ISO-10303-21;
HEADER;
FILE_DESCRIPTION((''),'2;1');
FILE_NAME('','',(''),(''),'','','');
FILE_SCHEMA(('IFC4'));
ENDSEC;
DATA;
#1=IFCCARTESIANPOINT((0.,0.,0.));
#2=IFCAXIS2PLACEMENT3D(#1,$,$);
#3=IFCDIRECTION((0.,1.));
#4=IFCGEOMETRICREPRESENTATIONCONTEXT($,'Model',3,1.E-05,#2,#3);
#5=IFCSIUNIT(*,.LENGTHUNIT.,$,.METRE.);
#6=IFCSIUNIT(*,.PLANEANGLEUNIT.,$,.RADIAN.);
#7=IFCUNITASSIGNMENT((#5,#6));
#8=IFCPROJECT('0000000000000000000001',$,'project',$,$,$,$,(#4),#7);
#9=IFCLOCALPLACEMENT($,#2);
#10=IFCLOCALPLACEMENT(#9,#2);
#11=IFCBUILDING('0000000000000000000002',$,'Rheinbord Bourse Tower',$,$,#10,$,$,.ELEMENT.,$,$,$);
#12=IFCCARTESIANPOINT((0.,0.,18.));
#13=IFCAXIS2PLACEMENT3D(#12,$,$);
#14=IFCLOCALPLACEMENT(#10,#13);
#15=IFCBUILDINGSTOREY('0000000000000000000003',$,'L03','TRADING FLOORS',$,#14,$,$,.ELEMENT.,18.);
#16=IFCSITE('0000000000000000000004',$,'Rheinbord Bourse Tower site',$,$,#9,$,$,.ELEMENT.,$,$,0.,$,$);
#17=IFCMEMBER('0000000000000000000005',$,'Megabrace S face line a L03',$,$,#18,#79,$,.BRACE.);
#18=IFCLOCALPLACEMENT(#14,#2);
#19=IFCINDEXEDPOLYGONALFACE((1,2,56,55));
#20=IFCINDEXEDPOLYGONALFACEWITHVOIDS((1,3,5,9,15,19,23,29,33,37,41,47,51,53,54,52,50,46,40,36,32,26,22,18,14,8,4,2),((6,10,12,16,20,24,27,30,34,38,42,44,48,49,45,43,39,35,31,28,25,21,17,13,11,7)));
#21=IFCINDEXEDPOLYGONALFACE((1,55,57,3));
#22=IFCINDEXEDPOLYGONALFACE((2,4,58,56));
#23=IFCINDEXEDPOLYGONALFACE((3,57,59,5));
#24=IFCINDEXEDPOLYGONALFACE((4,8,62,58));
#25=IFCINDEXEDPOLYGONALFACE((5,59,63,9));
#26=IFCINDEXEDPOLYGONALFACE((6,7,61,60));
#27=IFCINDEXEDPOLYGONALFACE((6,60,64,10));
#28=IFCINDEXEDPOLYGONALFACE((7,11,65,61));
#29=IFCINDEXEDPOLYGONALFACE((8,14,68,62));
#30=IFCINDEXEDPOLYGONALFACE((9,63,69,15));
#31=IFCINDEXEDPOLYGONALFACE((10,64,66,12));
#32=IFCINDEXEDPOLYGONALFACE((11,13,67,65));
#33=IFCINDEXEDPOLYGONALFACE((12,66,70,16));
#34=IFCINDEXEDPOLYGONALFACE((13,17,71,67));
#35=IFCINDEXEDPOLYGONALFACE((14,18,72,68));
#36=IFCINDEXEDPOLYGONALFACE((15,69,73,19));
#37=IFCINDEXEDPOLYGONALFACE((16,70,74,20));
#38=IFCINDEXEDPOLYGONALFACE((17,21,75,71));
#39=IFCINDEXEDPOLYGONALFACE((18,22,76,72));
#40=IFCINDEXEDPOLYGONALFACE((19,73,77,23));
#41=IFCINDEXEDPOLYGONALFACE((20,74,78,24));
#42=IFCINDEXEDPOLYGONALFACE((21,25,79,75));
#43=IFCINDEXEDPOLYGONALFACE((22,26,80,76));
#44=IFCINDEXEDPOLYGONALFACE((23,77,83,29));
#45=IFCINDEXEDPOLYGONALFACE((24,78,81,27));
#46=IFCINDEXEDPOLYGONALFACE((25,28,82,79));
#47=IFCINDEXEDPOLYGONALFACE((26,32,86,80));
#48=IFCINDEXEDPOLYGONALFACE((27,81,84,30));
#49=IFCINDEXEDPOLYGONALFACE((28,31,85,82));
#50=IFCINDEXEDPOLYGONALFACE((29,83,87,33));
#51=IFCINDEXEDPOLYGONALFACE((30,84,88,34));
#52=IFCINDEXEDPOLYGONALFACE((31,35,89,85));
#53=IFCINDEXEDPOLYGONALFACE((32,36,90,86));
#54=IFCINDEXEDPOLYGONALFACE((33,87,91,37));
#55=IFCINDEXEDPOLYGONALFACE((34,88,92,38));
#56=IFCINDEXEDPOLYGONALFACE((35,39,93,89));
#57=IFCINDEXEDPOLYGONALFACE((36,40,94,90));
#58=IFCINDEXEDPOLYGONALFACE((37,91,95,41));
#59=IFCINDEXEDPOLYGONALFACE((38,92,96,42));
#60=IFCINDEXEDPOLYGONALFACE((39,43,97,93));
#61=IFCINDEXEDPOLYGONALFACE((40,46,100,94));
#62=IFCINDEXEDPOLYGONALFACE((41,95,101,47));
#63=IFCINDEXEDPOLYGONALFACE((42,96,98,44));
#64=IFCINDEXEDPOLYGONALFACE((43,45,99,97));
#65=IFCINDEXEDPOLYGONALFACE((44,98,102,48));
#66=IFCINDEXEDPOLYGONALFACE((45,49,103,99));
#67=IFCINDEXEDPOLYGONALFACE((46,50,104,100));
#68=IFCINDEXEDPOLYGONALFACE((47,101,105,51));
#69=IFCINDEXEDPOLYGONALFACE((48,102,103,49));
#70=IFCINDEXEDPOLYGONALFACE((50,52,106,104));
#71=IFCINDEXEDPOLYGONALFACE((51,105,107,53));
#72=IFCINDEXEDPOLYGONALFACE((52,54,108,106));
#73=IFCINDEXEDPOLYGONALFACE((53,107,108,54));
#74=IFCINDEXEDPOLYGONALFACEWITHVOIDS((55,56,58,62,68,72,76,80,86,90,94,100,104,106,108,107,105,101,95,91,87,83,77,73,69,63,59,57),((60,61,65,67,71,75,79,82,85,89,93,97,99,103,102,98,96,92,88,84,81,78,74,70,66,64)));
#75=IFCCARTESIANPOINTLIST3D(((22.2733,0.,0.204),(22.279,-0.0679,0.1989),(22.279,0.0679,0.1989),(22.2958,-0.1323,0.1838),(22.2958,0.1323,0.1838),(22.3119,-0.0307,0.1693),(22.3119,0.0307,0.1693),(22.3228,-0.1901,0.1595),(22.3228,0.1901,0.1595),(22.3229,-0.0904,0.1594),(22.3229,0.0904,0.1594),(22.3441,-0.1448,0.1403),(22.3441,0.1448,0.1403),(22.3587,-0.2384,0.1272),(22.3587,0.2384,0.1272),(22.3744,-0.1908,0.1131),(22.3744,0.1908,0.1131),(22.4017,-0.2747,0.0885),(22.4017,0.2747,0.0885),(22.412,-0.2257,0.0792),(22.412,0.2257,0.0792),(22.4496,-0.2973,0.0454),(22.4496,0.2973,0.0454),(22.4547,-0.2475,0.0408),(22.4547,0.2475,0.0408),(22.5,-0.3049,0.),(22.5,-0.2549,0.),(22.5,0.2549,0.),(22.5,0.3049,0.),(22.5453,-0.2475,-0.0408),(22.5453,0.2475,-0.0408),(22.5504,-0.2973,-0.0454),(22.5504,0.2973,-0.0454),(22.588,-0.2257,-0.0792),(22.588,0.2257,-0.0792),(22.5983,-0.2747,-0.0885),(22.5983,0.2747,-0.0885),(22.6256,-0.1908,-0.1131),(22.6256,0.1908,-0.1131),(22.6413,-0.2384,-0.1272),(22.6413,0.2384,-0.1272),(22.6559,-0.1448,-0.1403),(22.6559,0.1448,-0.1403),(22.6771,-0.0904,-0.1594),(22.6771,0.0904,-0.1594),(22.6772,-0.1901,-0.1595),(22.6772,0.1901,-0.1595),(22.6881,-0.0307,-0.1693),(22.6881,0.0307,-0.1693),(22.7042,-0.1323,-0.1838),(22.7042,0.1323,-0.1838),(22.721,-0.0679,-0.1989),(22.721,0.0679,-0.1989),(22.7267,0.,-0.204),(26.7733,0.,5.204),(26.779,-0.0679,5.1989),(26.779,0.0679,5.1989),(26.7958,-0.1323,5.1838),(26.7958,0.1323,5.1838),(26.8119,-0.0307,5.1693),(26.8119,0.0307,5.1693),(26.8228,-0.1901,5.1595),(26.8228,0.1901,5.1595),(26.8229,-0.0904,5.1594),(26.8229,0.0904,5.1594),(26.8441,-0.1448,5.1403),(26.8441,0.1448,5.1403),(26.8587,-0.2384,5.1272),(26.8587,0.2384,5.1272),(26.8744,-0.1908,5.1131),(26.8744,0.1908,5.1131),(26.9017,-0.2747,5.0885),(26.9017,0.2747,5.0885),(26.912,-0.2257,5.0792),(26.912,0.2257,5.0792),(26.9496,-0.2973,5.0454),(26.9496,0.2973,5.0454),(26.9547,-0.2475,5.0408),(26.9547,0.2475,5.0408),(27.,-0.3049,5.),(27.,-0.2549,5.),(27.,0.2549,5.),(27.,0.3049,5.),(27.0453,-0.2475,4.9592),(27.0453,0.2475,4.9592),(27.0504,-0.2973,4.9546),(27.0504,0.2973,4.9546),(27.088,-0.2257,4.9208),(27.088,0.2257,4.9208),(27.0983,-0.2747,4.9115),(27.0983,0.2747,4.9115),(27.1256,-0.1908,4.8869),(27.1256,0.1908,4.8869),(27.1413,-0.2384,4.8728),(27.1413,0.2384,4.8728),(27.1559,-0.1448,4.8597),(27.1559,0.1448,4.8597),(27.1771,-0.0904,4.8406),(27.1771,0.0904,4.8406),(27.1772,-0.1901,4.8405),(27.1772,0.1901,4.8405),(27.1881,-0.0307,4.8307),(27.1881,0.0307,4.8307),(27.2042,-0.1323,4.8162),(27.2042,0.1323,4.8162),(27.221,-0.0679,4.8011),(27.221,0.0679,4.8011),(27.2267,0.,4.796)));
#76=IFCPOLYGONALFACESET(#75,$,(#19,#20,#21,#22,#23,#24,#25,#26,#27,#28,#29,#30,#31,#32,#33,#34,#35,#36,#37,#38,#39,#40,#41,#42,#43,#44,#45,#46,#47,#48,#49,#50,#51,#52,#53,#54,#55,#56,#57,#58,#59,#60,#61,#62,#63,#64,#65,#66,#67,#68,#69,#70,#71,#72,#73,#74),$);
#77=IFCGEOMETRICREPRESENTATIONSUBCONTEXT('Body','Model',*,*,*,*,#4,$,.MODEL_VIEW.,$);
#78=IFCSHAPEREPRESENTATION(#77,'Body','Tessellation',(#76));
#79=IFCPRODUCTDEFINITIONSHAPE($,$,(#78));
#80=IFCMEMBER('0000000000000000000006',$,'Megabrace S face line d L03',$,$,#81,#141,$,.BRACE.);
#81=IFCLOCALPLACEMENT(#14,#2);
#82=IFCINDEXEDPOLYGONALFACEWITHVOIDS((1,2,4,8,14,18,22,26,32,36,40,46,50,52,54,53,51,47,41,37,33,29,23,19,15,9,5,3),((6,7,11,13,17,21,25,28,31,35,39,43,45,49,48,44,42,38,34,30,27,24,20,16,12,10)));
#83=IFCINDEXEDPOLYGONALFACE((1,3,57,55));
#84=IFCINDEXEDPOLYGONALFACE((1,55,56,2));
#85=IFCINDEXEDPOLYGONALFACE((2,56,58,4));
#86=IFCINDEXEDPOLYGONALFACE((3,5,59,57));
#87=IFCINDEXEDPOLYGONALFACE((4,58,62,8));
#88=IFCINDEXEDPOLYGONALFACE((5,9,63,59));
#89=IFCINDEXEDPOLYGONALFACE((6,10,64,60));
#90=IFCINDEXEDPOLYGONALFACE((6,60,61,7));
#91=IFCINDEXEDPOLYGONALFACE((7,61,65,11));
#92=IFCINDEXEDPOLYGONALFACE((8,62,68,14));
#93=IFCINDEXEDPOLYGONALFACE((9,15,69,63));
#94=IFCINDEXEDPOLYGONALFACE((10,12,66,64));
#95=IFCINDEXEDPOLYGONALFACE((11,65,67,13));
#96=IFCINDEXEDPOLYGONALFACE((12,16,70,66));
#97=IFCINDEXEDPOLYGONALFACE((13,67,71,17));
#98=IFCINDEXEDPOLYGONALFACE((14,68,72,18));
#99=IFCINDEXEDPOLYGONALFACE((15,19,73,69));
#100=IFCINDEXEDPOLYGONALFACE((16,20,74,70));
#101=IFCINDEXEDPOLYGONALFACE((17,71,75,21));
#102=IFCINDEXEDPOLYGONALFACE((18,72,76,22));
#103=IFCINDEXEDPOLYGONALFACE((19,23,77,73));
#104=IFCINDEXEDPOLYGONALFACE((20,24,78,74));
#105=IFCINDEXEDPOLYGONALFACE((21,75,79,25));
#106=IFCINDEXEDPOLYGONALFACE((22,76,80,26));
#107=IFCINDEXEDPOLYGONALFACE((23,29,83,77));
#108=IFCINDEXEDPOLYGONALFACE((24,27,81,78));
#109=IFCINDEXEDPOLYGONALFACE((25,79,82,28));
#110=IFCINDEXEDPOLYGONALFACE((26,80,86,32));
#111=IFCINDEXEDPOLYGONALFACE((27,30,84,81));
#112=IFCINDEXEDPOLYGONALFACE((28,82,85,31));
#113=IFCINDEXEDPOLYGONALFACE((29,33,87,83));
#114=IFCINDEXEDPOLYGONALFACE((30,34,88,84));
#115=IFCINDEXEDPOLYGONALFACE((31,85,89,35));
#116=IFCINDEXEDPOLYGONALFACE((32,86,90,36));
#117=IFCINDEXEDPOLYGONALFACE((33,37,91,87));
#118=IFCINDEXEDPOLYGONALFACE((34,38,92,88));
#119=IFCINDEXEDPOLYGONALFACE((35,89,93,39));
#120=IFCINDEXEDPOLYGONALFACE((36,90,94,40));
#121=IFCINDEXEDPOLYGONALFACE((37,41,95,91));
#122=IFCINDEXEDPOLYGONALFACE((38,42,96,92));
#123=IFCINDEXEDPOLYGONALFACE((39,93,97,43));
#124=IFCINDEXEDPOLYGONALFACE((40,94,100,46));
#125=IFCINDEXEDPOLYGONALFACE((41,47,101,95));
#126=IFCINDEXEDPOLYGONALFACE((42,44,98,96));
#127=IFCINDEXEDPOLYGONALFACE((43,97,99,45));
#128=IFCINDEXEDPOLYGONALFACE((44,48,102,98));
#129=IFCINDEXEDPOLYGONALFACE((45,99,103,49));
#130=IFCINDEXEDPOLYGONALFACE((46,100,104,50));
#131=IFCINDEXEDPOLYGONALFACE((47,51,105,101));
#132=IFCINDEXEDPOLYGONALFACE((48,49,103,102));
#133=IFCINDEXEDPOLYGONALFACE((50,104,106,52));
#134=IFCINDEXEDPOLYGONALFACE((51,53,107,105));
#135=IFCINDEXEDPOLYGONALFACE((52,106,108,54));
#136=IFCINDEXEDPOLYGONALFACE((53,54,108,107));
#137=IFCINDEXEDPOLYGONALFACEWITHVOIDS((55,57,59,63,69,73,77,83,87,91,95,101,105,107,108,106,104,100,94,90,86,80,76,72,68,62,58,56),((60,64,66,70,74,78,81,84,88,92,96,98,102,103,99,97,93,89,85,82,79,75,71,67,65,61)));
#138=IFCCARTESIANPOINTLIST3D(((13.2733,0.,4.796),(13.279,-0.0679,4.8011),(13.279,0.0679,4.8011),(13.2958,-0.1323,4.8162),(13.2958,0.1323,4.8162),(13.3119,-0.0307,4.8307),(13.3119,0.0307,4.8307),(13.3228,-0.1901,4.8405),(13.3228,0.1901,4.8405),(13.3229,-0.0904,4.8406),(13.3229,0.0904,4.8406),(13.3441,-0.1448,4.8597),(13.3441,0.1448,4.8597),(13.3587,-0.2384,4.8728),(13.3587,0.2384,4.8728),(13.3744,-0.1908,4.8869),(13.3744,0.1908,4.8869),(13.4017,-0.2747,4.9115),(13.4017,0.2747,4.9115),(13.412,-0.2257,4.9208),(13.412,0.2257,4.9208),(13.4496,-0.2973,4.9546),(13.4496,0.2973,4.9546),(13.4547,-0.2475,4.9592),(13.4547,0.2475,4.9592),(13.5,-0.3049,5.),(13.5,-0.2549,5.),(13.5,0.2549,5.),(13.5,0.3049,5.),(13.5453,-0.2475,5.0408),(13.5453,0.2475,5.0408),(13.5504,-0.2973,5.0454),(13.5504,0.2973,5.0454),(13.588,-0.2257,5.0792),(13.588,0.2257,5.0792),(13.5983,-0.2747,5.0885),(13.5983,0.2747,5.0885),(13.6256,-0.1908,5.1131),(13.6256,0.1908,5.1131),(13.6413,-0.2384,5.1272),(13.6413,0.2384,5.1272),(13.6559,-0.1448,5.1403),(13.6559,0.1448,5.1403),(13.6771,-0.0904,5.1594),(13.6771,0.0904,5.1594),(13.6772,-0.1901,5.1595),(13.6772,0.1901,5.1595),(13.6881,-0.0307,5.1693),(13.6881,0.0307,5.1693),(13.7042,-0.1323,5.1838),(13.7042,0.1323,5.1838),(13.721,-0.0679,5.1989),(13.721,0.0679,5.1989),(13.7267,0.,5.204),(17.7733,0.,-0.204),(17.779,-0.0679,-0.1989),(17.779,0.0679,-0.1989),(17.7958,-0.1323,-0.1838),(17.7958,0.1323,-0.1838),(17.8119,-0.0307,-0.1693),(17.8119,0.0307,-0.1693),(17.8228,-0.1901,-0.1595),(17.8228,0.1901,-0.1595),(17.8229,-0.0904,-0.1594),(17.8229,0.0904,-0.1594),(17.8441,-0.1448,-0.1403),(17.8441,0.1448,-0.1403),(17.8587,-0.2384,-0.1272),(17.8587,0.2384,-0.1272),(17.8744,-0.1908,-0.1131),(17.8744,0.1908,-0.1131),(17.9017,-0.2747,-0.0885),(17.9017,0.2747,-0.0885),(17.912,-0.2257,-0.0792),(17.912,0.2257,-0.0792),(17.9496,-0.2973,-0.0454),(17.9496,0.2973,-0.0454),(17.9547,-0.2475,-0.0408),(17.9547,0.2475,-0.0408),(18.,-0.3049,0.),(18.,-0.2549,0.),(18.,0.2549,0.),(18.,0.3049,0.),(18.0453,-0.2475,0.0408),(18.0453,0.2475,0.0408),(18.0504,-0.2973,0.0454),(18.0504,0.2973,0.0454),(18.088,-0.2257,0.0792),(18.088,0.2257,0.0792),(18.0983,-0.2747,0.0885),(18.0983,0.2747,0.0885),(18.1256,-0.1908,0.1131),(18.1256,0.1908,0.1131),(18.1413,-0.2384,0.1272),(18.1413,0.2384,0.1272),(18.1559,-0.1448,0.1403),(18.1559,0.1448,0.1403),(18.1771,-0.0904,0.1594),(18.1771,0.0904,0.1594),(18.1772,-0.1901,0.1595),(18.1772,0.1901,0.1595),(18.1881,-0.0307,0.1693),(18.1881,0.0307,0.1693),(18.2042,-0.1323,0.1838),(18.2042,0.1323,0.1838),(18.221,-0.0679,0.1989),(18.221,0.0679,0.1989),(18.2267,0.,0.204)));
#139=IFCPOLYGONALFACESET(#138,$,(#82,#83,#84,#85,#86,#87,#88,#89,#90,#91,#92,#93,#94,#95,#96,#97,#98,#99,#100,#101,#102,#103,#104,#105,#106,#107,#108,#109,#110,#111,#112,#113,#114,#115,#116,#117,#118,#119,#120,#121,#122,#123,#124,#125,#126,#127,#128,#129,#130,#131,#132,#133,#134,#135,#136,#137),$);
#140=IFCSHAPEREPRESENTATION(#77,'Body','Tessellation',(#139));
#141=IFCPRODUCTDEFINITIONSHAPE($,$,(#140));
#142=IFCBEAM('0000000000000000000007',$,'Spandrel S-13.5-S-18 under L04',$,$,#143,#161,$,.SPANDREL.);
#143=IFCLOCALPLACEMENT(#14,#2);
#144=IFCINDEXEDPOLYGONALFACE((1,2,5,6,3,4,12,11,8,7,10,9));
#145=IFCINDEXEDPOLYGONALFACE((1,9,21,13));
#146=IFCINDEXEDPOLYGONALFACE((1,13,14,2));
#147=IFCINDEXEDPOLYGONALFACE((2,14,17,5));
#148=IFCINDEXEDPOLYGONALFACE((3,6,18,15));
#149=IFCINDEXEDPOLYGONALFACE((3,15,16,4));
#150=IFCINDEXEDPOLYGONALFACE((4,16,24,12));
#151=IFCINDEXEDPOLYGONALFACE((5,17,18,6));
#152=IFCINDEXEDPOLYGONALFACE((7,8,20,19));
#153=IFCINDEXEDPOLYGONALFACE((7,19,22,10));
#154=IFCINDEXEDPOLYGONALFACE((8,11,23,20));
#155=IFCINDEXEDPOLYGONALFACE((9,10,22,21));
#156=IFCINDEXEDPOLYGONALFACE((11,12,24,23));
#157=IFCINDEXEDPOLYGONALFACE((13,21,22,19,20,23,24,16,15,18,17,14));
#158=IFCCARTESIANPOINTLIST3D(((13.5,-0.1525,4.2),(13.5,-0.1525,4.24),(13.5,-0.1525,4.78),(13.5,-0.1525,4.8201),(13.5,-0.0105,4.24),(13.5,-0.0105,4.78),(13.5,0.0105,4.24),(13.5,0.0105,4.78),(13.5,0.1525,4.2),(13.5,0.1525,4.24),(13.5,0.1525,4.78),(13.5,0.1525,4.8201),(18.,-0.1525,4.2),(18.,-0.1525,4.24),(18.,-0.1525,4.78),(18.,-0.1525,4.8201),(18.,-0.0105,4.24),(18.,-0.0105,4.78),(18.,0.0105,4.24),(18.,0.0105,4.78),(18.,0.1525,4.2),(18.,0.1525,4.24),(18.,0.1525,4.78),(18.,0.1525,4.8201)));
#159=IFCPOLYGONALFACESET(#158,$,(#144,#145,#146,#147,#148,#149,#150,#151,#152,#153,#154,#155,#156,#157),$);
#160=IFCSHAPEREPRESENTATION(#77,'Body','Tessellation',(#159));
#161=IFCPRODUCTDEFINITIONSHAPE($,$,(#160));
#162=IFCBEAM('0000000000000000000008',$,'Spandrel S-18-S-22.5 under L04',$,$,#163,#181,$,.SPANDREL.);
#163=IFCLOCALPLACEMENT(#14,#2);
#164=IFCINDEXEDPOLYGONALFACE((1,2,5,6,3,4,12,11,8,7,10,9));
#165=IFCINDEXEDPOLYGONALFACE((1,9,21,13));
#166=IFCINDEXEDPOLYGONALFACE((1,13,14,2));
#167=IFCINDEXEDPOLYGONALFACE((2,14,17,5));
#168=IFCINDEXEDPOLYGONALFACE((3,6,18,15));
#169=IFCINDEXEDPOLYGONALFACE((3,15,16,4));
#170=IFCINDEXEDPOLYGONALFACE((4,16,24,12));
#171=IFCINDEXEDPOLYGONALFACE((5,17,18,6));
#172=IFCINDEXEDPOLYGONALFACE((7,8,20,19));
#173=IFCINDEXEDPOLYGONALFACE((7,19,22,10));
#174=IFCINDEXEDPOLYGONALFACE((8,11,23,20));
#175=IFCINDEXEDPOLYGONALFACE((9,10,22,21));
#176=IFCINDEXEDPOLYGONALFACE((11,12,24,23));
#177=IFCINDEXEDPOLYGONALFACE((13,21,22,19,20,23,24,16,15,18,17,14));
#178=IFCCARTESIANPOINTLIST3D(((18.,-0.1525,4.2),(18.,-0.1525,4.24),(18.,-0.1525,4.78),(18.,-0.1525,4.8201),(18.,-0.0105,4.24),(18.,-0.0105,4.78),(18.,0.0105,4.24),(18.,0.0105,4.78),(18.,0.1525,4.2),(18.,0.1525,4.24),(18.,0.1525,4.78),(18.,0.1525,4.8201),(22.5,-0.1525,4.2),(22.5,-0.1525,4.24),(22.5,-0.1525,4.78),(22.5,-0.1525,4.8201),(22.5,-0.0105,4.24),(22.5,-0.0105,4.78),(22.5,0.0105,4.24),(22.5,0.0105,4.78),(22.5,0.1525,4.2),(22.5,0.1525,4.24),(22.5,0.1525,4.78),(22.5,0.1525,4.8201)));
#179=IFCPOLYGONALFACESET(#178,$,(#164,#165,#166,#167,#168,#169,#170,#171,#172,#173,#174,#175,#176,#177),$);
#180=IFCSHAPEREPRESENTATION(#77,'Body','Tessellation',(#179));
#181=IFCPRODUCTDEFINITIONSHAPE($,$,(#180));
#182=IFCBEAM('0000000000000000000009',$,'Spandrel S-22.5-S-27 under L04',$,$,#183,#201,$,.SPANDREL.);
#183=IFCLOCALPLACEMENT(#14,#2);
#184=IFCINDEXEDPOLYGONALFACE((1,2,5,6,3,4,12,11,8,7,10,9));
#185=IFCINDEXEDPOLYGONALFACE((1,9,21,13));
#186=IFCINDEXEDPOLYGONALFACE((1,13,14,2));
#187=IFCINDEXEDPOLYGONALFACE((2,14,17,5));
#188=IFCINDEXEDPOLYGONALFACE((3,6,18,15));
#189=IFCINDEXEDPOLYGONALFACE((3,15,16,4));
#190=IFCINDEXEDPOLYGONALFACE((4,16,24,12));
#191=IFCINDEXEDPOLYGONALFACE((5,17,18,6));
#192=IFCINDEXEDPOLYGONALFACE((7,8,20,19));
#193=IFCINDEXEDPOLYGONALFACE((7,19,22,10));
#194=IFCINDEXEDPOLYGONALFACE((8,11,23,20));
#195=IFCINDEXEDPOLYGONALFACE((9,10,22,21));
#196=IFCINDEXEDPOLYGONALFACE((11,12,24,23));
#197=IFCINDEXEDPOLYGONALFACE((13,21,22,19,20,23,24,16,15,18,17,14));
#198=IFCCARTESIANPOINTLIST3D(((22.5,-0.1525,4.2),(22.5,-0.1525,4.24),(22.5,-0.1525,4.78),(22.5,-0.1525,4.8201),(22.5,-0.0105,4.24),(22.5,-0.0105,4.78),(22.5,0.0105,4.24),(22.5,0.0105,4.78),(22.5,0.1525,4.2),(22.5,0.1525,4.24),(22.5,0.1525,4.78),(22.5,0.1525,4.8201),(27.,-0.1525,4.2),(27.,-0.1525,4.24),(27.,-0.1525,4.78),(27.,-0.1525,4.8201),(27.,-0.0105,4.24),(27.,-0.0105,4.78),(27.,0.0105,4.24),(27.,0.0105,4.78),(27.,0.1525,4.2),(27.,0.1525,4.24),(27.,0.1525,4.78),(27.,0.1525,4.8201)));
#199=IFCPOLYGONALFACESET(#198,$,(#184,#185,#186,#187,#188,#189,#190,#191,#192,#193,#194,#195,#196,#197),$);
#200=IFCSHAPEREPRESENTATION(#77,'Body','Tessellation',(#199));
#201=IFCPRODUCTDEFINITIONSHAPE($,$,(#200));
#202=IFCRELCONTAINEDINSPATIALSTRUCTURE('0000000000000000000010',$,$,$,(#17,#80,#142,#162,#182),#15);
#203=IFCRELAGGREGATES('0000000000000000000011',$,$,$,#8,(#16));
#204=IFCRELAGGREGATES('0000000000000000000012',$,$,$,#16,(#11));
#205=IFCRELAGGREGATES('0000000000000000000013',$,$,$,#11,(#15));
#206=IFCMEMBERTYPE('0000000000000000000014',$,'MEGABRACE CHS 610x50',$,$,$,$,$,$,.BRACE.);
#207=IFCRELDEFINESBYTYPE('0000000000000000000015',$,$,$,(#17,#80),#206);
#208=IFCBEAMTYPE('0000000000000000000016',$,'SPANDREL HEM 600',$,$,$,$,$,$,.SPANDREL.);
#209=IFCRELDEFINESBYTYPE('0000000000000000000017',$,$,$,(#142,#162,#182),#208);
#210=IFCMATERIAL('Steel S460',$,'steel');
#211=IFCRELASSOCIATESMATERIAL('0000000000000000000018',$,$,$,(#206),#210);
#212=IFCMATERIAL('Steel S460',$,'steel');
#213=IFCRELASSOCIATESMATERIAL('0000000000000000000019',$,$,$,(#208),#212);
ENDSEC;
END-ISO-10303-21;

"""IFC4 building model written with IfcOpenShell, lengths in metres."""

from ifc_helpers import new_model, si_unit, direction, frame, origin, origin_2d, place, context, subcontext, project, spatial, hollow_circle, i_section, extrude, material, material_profile, profile_set, type_object, element, save


model = new_model("IFC4")

# Units and contexts
model_context = context("Model", 3, precision=1e-05, world=origin(), true_north=direction((0.0, 1.0)))
body_context = subcontext(model_context, "Body", "Model", "MODEL_VIEW")
ifc_project = project(units=[si_unit("LENGTHUNIT", "METRE"), si_unit("PLANEANGLEUNIT", "RADIAN")], contexts=[model_context])

# Site, building, storey
site_placement = place(None, origin())
site = spatial("IfcSite", under=ifc_project, at=site_placement, Name="Rheinbord Bourse Tower site", CompositionType="ELEMENT", RefElevation=0.0)
building_placement = place(site_placement, origin())
building = spatial("IfcBuilding", under=site, at=building_placement, Name="Rheinbord Bourse Tower", CompositionType="ELEMENT")
storey_placement = place(building_placement, frame((0.0, 0.0, 18.0)))
storey = spatial("IfcBuildingStorey", under=building, at=storey_placement, Name="L03", Description="TRADING FLOORS", CompositionType="ELEMENT", Elevation=18.0)

# Members
ifc_material_1 = material(Name="Steel S460", Category="steel")
ifc_material_profile_1 = material_profile(ifc_material_1, hollow_circle(Radius=0.3049, WallThickness=0.05, at=origin_2d()), Name="CHS 610x50")
ifc_profile_set_1 = profile_set([ifc_material_profile_1], Name="Steel S460")
member_type = type_object("IfcMemberType", Name="MEGABRACE CHS 610x50", PredefinedType="BRACE", material=ifc_profile_set_1)
for number, where, z_axis, x_axis, name in (
    (1, (22.5, 0.0, 0.0), (0.668965, 0.0, 0.743294), (0.0, 1.0, 0.0), "Megabrace S face line a L03"),
    (2, (18.0, 0.0, 0.0), (-0.668965, 0.0, 0.743294), (0.0, -1.0, 0.0), "Megabrace S face line d L03"),
):
    element("IfcMember", number, at=place(storey_placement, frame(where, z_axis=z_axis, x_axis=x_axis)), inside=storey, type_object=member_type, Name=name, PredefinedType="BRACE", context=body_context, shape_type="SweptSolid", body=[
        extrude(hollow_circle(Radius=0.3049, WallThickness=0.05, at=origin_2d()), origin(), (0.0, 0.0, 1.0), 6.7268),
    ])

# Beams
ifc_material_2 = material(Name="Steel S460", Category="steel")
ifc_material_profile_2 = material_profile(ifc_material_2, i_section(OverallWidth=0.3049, OverallDepth=0.6201, WebThickness=0.021, FlangeThickness=0.04, at=origin_2d()), Name="HEM 600")
ifc_profile_set_2 = profile_set([ifc_material_profile_2], Name="Steel S460")
beam_type_1 = type_object("IfcBeamType", Name="SPANDREL HEM 600", PredefinedType="SPANDREL", material=ifc_profile_set_2)
for number, where, z_axis, x_axis, name in (
    (3, (13.5, 0.0, 4.51), (1.0, 0.0, 0.0), (0.0, 1.0, 0.0), "Spandrel S-13.5-S-18 under L04"),
    (4, (18.0, 0.0, 4.51), (1.0, 0.0, 0.0), (0.0, 1.0, 0.0), "Spandrel S-18-S-22.5 under L04"),
    (5, (22.5, 0.0, 4.51), (1.0, 0.0, 0.0), (0.0, 1.0, 0.0), "Spandrel S-22.5-S-27 under L04"),
):
    element("IfcBeam", number, at=place(storey_placement, frame(where, z_axis=z_axis, x_axis=x_axis)), inside=storey, type_object=beam_type_1, Name=name, PredefinedType="SPANDREL", context=body_context, shape_type="SweptSolid", body=[
        extrude(i_section(OverallWidth=0.3049, OverallDepth=0.6201, WebThickness=0.021, FlangeThickness=0.04, at=origin_2d()), origin(), (0.0, 0.0, 1.0), 4.5),
    ])

save(model, "model.ifc")
